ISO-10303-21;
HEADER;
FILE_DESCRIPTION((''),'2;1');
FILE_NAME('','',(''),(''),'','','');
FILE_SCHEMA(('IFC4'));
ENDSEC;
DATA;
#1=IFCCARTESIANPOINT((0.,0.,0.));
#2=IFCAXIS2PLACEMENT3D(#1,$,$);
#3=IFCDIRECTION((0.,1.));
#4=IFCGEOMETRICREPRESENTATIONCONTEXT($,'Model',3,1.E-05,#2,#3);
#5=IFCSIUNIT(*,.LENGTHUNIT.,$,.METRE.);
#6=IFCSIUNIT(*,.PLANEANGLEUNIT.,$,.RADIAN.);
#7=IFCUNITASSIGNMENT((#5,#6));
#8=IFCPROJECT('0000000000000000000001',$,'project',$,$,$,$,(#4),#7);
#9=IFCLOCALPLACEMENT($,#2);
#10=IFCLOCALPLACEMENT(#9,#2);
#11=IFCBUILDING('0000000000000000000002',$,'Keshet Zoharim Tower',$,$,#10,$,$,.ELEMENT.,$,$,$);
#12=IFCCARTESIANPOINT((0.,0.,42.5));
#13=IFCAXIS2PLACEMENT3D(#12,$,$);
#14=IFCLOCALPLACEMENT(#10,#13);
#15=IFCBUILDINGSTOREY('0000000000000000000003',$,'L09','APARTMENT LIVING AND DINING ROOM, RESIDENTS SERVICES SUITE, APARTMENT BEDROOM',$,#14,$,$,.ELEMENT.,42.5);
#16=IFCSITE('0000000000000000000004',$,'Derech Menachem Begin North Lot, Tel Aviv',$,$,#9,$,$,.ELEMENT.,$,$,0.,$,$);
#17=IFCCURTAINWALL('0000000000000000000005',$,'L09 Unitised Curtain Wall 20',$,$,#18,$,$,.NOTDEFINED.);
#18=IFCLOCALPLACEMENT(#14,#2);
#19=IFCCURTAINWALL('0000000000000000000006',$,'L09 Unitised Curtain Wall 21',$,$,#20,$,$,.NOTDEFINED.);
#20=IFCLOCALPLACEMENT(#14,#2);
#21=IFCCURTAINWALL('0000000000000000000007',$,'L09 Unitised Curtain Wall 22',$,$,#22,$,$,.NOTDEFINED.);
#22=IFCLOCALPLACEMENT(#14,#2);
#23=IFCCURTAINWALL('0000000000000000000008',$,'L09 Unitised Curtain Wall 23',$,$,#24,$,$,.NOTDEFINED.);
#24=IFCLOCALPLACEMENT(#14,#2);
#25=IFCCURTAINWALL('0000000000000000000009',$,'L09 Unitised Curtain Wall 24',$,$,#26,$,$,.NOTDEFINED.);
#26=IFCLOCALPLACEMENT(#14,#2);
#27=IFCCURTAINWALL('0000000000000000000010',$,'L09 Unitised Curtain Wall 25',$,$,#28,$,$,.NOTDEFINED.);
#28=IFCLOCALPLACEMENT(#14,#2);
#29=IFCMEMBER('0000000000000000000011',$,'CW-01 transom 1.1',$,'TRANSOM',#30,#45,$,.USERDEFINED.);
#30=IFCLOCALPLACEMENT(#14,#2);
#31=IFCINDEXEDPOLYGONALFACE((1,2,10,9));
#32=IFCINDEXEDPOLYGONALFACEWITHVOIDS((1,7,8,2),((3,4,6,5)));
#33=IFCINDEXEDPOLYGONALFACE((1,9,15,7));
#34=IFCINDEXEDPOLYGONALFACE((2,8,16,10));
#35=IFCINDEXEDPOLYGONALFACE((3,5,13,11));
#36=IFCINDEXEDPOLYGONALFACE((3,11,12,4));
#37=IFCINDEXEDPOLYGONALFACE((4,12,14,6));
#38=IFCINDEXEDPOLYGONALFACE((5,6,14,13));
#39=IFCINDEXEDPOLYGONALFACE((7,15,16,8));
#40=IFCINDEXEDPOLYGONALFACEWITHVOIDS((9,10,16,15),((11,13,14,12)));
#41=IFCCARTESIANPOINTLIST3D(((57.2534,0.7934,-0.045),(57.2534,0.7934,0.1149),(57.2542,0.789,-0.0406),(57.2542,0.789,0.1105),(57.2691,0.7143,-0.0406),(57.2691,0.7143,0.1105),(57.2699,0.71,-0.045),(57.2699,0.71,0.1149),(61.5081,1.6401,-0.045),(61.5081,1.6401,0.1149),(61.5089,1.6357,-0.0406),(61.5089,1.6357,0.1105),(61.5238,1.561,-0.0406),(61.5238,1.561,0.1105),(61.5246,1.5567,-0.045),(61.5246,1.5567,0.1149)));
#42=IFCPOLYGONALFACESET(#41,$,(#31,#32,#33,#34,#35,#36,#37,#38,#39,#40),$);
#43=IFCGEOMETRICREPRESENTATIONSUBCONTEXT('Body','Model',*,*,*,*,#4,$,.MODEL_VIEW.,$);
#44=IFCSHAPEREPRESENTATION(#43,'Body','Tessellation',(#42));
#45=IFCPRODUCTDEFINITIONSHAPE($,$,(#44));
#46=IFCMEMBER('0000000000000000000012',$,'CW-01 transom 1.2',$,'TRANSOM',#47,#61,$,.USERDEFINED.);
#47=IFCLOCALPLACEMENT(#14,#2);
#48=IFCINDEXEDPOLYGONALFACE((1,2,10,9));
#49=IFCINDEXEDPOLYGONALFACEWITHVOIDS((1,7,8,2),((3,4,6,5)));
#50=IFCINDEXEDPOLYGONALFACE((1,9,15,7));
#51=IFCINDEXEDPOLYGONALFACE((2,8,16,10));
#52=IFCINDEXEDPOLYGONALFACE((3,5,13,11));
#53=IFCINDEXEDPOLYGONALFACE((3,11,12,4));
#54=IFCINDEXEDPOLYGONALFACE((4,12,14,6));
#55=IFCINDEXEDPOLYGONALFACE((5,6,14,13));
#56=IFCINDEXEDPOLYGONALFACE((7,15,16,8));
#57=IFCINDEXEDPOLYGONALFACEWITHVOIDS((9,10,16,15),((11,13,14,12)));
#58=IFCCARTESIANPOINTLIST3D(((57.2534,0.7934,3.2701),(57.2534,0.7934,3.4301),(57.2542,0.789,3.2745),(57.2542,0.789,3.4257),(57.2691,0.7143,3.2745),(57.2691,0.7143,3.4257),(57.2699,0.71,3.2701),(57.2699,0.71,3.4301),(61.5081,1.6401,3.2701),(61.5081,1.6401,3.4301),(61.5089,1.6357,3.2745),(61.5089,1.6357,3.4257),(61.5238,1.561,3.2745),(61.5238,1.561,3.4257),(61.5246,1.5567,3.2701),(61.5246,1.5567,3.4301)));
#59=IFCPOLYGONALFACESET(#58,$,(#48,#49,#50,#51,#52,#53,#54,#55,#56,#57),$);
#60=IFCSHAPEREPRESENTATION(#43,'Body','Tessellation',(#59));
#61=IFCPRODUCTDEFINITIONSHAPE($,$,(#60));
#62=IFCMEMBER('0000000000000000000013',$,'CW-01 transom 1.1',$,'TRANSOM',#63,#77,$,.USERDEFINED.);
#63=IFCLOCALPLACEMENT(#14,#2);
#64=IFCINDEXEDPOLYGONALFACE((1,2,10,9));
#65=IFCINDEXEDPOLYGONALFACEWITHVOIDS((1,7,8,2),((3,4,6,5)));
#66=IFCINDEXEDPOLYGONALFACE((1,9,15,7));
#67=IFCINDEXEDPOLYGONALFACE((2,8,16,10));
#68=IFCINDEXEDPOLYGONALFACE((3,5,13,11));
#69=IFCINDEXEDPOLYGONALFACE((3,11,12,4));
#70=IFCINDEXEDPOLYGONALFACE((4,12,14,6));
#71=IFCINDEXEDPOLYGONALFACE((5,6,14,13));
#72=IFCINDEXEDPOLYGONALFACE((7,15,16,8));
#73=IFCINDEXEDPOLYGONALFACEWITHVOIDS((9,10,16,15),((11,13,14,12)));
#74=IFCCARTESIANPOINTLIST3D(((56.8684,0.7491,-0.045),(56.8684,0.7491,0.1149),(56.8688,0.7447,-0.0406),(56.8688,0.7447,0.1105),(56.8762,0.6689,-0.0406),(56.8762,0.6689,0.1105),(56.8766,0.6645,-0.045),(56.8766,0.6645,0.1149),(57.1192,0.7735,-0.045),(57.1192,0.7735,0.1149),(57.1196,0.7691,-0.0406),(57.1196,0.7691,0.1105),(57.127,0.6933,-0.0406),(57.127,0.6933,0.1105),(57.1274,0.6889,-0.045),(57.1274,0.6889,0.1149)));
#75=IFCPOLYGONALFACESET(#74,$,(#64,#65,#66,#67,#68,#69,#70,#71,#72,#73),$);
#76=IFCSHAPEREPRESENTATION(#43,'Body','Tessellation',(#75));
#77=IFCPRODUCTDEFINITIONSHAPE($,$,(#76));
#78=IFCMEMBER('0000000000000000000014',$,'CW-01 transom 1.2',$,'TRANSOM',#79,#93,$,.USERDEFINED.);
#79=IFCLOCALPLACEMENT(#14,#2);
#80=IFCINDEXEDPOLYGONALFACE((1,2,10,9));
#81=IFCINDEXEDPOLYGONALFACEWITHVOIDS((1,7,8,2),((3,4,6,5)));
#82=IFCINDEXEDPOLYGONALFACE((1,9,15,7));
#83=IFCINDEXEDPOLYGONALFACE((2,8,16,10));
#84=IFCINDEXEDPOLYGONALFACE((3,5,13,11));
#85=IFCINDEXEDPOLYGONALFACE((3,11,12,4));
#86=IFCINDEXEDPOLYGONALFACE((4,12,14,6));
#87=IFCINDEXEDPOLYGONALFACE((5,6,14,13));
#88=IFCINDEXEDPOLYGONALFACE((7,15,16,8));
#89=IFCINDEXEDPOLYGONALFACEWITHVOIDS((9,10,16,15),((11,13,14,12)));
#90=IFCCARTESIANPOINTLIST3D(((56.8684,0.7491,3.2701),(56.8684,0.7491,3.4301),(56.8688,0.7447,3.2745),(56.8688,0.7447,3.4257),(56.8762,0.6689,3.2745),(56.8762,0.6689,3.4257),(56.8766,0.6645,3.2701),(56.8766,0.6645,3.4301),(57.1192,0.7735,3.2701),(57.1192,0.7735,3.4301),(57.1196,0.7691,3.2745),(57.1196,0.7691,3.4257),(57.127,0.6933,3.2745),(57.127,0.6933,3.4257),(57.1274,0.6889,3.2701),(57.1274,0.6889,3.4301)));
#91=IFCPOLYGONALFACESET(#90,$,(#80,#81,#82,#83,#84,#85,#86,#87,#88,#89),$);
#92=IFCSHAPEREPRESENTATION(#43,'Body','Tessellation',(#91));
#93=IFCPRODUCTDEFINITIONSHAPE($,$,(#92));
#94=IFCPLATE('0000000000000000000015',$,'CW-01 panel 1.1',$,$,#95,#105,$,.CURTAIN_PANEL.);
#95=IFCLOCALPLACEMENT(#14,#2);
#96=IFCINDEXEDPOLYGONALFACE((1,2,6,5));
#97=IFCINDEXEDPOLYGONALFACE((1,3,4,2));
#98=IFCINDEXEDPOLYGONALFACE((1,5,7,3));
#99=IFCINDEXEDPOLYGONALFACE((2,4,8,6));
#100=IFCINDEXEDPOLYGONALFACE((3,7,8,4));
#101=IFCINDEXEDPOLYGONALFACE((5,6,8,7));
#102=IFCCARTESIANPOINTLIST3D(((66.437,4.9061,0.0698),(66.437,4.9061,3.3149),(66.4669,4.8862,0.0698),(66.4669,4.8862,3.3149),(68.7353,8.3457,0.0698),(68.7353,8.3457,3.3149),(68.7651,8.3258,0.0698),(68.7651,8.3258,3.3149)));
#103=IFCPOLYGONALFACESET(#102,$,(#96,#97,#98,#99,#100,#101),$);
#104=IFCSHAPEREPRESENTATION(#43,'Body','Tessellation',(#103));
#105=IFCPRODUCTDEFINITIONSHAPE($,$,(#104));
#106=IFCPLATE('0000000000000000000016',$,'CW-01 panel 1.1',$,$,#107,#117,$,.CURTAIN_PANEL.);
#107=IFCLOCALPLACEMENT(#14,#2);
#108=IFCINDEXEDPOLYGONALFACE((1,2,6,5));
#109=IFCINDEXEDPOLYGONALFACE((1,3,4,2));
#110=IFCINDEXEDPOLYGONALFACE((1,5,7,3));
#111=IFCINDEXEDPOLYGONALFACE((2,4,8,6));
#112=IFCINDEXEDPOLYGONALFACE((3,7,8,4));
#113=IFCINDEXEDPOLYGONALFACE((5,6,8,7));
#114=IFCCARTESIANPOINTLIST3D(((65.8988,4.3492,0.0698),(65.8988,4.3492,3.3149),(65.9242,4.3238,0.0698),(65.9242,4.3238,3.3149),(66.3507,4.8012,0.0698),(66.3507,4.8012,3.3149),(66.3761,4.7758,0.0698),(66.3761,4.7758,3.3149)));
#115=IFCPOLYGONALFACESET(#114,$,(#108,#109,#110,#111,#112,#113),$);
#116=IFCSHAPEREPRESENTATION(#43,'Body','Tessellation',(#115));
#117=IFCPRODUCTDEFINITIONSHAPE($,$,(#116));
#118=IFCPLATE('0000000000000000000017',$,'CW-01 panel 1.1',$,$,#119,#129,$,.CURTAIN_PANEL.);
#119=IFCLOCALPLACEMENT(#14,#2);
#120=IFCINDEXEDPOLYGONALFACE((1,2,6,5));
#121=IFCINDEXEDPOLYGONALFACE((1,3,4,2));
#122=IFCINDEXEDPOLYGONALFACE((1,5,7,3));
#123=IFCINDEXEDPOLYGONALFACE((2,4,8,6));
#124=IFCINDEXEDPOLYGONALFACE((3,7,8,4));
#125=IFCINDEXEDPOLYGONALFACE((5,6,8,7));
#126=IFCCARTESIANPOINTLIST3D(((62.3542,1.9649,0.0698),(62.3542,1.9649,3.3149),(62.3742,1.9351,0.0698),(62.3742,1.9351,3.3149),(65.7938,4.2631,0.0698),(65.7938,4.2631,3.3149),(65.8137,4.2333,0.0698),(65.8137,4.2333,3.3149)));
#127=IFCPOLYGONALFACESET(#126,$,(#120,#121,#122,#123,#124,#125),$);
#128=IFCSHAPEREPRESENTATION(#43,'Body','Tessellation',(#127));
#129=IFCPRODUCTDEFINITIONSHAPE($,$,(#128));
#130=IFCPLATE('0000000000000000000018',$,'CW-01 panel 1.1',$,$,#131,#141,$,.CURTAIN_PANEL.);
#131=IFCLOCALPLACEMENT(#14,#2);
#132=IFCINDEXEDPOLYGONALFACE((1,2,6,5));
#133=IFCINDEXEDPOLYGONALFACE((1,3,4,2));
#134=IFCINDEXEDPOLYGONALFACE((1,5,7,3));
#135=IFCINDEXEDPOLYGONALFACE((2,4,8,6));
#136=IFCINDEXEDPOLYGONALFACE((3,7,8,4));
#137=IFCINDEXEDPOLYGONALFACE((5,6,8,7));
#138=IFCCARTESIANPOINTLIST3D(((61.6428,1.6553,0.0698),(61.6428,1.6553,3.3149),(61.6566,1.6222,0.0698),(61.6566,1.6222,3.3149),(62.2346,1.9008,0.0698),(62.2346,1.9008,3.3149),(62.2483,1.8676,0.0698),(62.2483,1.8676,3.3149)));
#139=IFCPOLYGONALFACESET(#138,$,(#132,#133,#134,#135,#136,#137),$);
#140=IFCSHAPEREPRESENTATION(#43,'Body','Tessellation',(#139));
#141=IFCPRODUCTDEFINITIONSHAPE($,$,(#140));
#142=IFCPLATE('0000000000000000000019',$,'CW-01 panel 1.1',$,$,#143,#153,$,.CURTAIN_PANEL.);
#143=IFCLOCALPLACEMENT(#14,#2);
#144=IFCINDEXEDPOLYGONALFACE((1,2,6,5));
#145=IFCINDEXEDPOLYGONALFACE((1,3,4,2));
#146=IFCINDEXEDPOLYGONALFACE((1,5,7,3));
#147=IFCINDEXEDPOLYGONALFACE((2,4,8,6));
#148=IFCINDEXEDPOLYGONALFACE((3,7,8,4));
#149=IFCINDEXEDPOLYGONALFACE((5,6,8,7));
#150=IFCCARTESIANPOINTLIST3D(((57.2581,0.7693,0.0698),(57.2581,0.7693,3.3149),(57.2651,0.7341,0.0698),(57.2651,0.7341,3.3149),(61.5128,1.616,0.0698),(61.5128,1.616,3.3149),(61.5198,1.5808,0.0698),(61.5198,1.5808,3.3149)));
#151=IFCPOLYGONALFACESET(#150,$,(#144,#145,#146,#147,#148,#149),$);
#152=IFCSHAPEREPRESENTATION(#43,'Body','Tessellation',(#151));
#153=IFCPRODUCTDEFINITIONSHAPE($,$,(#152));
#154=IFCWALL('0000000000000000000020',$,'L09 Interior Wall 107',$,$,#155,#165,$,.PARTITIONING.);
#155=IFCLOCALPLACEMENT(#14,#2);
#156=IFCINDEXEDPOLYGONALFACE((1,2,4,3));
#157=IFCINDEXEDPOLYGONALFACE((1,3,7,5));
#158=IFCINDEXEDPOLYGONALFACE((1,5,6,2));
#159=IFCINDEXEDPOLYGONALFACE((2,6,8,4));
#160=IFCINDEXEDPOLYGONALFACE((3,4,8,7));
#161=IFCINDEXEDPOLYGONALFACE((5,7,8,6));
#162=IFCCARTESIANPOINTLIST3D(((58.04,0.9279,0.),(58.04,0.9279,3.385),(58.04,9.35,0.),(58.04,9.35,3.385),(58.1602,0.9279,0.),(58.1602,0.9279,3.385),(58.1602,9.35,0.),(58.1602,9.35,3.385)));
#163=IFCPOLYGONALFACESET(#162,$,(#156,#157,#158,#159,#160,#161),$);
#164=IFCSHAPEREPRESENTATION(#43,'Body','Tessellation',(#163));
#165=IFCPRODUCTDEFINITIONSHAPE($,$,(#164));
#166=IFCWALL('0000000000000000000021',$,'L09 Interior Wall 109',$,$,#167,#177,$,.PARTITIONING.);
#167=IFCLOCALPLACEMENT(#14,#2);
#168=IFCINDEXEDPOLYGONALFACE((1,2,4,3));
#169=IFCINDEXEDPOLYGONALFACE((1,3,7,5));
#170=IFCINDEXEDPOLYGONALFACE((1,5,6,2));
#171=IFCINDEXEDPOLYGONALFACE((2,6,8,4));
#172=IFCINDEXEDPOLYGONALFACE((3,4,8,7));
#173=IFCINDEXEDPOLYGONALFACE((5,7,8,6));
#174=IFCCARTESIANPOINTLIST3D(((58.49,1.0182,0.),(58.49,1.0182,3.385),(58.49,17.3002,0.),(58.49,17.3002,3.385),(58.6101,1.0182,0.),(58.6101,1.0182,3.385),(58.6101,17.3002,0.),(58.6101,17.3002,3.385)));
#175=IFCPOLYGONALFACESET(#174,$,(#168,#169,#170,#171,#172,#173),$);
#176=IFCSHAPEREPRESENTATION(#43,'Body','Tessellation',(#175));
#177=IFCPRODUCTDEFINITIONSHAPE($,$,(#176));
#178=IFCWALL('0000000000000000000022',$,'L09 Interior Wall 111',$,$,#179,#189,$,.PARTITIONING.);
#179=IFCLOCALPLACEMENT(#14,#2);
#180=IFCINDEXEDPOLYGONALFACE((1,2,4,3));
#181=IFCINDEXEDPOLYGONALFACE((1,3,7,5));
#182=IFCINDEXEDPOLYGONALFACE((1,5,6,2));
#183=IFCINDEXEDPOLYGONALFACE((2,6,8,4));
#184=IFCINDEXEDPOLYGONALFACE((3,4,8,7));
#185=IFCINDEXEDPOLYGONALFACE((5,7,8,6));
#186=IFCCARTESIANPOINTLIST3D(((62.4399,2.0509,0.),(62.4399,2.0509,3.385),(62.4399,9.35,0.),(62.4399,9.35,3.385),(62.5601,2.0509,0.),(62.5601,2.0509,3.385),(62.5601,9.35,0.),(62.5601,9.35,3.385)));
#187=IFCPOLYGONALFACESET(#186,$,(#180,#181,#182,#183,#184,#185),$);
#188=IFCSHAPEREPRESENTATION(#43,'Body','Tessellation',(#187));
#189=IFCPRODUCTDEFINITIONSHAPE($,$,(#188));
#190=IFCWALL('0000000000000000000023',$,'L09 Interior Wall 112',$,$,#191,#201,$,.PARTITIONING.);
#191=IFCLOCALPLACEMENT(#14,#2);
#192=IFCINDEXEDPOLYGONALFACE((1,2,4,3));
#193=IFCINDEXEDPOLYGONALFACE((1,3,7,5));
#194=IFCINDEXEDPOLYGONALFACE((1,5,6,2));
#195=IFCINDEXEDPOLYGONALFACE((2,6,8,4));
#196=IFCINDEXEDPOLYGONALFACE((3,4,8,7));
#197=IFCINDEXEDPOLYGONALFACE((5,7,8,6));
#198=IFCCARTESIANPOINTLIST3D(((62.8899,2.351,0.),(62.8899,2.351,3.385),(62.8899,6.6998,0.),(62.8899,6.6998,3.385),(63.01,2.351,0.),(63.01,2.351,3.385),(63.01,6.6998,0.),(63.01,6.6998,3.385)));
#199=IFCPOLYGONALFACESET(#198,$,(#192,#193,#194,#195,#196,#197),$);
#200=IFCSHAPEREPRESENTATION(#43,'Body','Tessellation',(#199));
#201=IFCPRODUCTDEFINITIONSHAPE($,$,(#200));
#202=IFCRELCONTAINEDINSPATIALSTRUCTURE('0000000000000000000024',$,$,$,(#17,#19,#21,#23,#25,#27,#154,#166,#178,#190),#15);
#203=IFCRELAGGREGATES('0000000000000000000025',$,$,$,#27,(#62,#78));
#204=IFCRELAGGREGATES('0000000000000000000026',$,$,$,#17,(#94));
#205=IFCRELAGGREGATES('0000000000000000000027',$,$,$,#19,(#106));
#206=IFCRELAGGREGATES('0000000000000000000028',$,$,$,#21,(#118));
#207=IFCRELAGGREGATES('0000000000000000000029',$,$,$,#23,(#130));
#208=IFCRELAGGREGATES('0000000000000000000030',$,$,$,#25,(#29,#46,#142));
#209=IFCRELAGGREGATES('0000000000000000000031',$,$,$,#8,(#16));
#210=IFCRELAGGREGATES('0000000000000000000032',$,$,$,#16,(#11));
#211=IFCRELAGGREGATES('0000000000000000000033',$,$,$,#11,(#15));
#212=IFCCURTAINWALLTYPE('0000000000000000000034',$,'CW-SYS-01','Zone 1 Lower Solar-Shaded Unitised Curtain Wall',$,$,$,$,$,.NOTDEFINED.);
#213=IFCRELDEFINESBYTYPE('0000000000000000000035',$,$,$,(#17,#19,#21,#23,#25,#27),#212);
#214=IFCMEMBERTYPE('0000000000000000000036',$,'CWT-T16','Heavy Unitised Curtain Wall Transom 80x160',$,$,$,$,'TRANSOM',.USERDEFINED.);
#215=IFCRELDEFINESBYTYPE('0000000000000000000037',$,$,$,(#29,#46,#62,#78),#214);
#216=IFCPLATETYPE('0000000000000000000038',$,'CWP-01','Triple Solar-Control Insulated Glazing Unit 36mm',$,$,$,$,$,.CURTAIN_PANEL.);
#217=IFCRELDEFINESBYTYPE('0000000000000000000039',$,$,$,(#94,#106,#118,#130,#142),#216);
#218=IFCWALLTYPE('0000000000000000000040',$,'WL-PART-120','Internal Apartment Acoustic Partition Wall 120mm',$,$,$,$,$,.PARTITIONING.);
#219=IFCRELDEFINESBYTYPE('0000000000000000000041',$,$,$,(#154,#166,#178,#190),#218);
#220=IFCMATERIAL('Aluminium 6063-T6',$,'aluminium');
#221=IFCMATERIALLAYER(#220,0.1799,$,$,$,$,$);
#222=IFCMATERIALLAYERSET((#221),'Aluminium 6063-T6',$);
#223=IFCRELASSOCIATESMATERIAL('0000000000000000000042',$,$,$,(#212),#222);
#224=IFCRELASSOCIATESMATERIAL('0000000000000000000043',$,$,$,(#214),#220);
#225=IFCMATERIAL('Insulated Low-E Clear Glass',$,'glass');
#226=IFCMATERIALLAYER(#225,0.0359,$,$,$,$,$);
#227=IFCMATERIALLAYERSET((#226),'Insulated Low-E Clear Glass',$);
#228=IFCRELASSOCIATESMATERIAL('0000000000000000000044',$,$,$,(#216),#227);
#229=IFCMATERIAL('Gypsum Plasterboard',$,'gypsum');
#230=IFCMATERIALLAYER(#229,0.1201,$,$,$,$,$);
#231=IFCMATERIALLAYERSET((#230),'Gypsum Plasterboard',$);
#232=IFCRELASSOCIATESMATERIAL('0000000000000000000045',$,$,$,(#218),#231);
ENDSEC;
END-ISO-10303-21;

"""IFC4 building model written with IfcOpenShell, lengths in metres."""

from ifc_helpers import new_model, si_unit, direction, frame, frame_2d, origin, origin_2d, place, context, subcontext, project, spatial, rectangle, hollow_rectangle, extrude, material, layer, layer_set, material_profile, profile_set, type_object, element, aggregate, save


model = new_model("IFC4")

# Units and contexts
model_context = context("Model", 3, precision=1e-05, world=origin(), true_north=direction((0.0, 1.0)))
body_context = subcontext(model_context, "Body", "Model", "MODEL_VIEW")
ifc_project = project(units=[si_unit("LENGTHUNIT", "METRE"), si_unit("PLANEANGLEUNIT", "RADIAN")], contexts=[model_context])

# Site, building, storey
site_placement = place(None, origin())
site = spatial("IfcSite", under=ifc_project, at=site_placement, Name="Derech Menachem Begin North Lot, Tel Aviv", CompositionType="ELEMENT", RefElevation=0.0)
building_placement = place(site_placement, origin())
building = spatial("IfcBuilding", under=site, at=building_placement, Name="Keshet Zoharim Tower", CompositionType="ELEMENT")
storey_placement = place(building_placement, frame((0.0, 0.0, 42.5)))
storey = spatial("IfcBuildingStorey", under=building, at=storey_placement, Name="L09", Description="APARTMENT LIVING AND DINING ROOM, RESIDENTS SERVICES SUITE, APARTMENT BEDROOM", CompositionType="ELEMENT", Elevation=42.5)

# Curtain wall
ifc_material_1 = material(Name="Aluminium 6063-T6", Category="aluminium")
ifc_layer_1 = layer(ifc_material_1, 0.1799)
ifc_layer_set_1 = layer_set([ifc_layer_1], Name="Aluminium 6063-T6")
curtain_wall_type = type_object("IfcCurtainWallType", Name="CW-SYS-01", Description="Zone 1 Lower Solar-Shaded Unitised Curtain Wall", PredefinedType="NOTDEFINED", material=ifc_layer_set_1)
curtain_wall_1_placement = place(storey_placement, origin())
curtain_wall_1 = element("IfcCurtainWall", 1, at=curtain_wall_1_placement, inside=storey, type_object=curtain_wall_type, Name="L09 Unitised Curtain Wall 20", PredefinedType="NOTDEFINED")

# Curtain walls
curtain_wall_2_placement = place(storey_placement, origin())
curtain_wall_2 = element("IfcCurtainWall", 2, at=curtain_wall_2_placement, inside=storey, type_object=curtain_wall_type, Name="L09 Unitised Curtain Wall 21", PredefinedType="NOTDEFINED")
curtain_wall_3_placement = place(storey_placement, origin())
curtain_wall_3 = element("IfcCurtainWall", 3, at=curtain_wall_3_placement, inside=storey, type_object=curtain_wall_type, Name="L09 Unitised Curtain Wall 22", PredefinedType="NOTDEFINED")
curtain_wall_4_placement = place(storey_placement, origin())
curtain_wall_4 = element("IfcCurtainWall", 4, at=curtain_wall_4_placement, inside=storey, type_object=curtain_wall_type, Name="L09 Unitised Curtain Wall 23", PredefinedType="NOTDEFINED")
curtain_wall_5_placement = place(storey_placement, origin())
curtain_wall_5 = element("IfcCurtainWall", 5, at=curtain_wall_5_placement, inside=storey, type_object=curtain_wall_type, Name="L09 Unitised Curtain Wall 24", PredefinedType="NOTDEFINED")

# Curtain wall
curtain_wall_6_placement = place(storey_placement, origin())
curtain_wall_6 = element("IfcCurtainWall", 6, at=curtain_wall_6_placement, inside=storey, type_object=curtain_wall_type, Name="L09 Unitised Curtain Wall 25", PredefinedType="NOTDEFINED")

# Members
ifc_material_profile_1 = material_profile(ifc_material_1, hollow_rectangle(XDim=0.085, YDim=0.1599, WallThickness=0.0044, at=origin_2d()), Name="TRN-85x160")
ifc_profile_set_1 = profile_set([ifc_material_profile_1], Name="Aluminium 6063-T6")
member_type_1 = type_object("IfcMemberType", Name="CWT-T16", Description="Heavy Unitised Curtain Wall Transom 80x160", ElementType="TRANSOM", PredefinedType="USERDEFINED", material=ifc_profile_set_1)
member_1_placement = place(storey_placement, frame((61.5164, 1.5984, 0.0349), z_axis=(-0.980769, -0.195174, 0.0), x_axis=(0.195174, -0.980769, 0.0)))
member_1 = element("IfcMember", 7, at=member_1_placement, type_object=member_type_1, Name="CW-01 transom 1.1", ObjectType="TRANSOM", PredefinedType="USERDEFINED", context=body_context, shape_type="SweptSolid", body=[
    extrude(hollow_rectangle(XDim=0.085, YDim=0.1599, WallThickness=0.0044, at=origin_2d()), origin(), (0.0, 0.0, 1.0), 4.3381),
])
member_2_placement = place(storey_placement, frame((61.5164, 1.5984, 3.3501), z_axis=(-0.980769, -0.195174, 0.0), x_axis=(0.195174, -0.980769, 0.0)))
member_2 = element("IfcMember", 8, at=member_2_placement, type_object=member_type_1, Name="CW-01 transom 1.2", ObjectType="TRANSOM", PredefinedType="USERDEFINED", context=body_context, shape_type="SweptSolid", body=[
    extrude(hollow_rectangle(XDim=0.085, YDim=0.1599, WallThickness=0.0044, at=origin_2d()), origin(), (0.0, 0.0, 1.0), 4.3381),
])
member_3_placement = place(storey_placement, frame((57.1233, 0.7312, 0.0349), z_axis=(-0.995293, -0.096913, 0.0), x_axis=(0.096913, -0.995293, 0.0)))
member_3 = element("IfcMember", 9, at=member_3_placement, type_object=member_type_1, Name="CW-01 transom 1.1", ObjectType="TRANSOM", PredefinedType="USERDEFINED", context=body_context, shape_type="SweptSolid", body=[
    extrude(hollow_rectangle(XDim=0.085, YDim=0.1599, WallThickness=0.0044, at=origin_2d()), origin(), (0.0, 0.0, 1.0), 0.252),
])
member_4_placement = place(storey_placement, frame((57.1233, 0.7312, 3.3501), z_axis=(-0.995293, -0.096913, 0.0), x_axis=(0.096913, -0.995293, 0.0)))
member_4 = element("IfcMember", 10, at=member_4_placement, type_object=member_type_1, Name="CW-01 transom 1.2", ObjectType="TRANSOM", PredefinedType="USERDEFINED", context=body_context, shape_type="SweptSolid", body=[
    extrude(hollow_rectangle(XDim=0.085, YDim=0.1599, WallThickness=0.0044, at=origin_2d()), origin(), (0.0, 0.0, 1.0), 0.252),
])
aggregate(curtain_wall_6, [member_3, member_4])

# Plates
ifc_material_2 = material(Name="Insulated Low-E Clear Glass", Category="glass")
ifc_layer_2 = layer(ifc_material_2, 0.0359)
ifc_layer_set_2 = layer_set([ifc_layer_2], Name="Insulated Low-E Clear Glass")
plate_type = type_object("IfcPlateType", Name="CWP-01", Description="Triple Solar-Control Insulated Glazing Unit 36mm", PredefinedType="CURTAIN_PANEL", material=ifc_layer_set_2)
plate_1_placement = place(storey_placement, frame((67.6011, 6.616, 0.0698), z_axis=(0.0, 0.0, 1.0), x_axis=(-0.555563, -0.831474, 0.0)))
plate_1 = element("IfcPlate", 11, at=plate_1_placement, type_object=plate_type, Name="CW-01 panel 1.1", PredefinedType="CURTAIN_PANEL", context=body_context, shape_type="SweptSolid", body=[
    extrude(rectangle(XDim=4.1367, YDim=0.0359, at=origin_2d()), origin(), (0.0, 0.0, 1.0), 3.2451),
])
aggregate(curtain_wall_1, [plate_1])
plate_2_placement = place(storey_placement, frame((66.1375, 4.5625, 0.0698), z_axis=(0.0, 0.0, 1.0), x_axis=(-0.707107, -0.707107, 0.0)))
plate_2 = element("IfcPlate", 12, at=plate_2_placement, type_object=plate_type, Name="CW-01 panel 1.1", PredefinedType="CURTAIN_PANEL", context=body_context, shape_type="SweptSolid", body=[
    extrude(rectangle(XDim=0.6392, YDim=0.0359, at=origin_2d()), origin(), (0.0, 0.0, 1.0), 3.2451),
])
aggregate(curtain_wall_2, [plate_2])
plate_3_placement = place(storey_placement, frame((64.084, 3.0991, 0.0698), z_axis=(0.0, 0.0, 1.0), x_axis=(-0.831474, -0.555563, 0.0)))
plate_3 = element("IfcPlate", 13, at=plate_3_placement, type_object=plate_type, Name="CW-01 panel 1.1", PredefinedType="CURTAIN_PANEL", context=body_context, shape_type="SweptSolid", body=[
    extrude(rectangle(XDim=4.1367, YDim=0.0359, at=origin_2d()), origin(), (0.0, 0.0, 1.0), 3.2451),
])
aggregate(curtain_wall_3, [plate_3])
plate_4_placement = place(storey_placement, frame((61.9456, 1.7615, 0.0698), z_axis=(0.0, 0.0, 1.0), x_axis=(-0.92372, -0.383068, 0.0)))
plate_4 = element("IfcPlate", 14, at=plate_4_placement, type_object=plate_type, Name="CW-01 panel 1.1", PredefinedType="CURTAIN_PANEL", context=body_context, shape_type="SweptSolid", body=[
    extrude(rectangle(XDim=0.6406, YDim=0.0359, at=origin_2d()), origin(), (0.0, 0.0, 1.0), 3.2451),
])
aggregate(curtain_wall_4, [plate_4])
plate_5_placement = place(storey_placement, frame((59.3889, 1.175, 0.0698), z_axis=(0.0, 0.0, 1.0), x_axis=(-0.980769, -0.195171, 0.0)))
plate_5 = element("IfcPlate", 15, at=plate_5_placement, type_object=plate_type, Name="CW-01 panel 1.1", PredefinedType="CURTAIN_PANEL", context=body_context, shape_type="SweptSolid", body=[
    extrude(rectangle(XDim=4.3381, YDim=0.0359, at=origin_2d()), origin(), (0.0, 0.0, 1.0), 3.2451),
])
aggregate(curtain_wall_5, [member_1, member_2, plate_5])

# Walls
ifc_material_3 = material(Name="Gypsum Plasterboard", Category="gypsum")
ifc_layer_3 = layer(ifc_material_3, 0.1201)
ifc_layer_set_3 = layer_set([ifc_layer_3], Name="Gypsum Plasterboard")
wall_type = type_object("IfcWallType", Name="WL-PART-120", Description="Internal Apartment Acoustic Partition Wall 120mm", PredefinedType="PARTITIONING", material=ifc_layer_set_3)
wall_1_placement = place(storey_placement, frame((58.1001, 0.928, 0.0), z_axis=(0.0, 0.0, 1.0), x_axis=(0.0, 1.0, 0.0)))
element("IfcWall", 16, at=wall_1_placement, inside=storey, type_object=wall_type, Name="L09 Interior Wall 107", PredefinedType="PARTITIONING", context=body_context, shape_type="SweptSolid", body=[
    extrude(rectangle(XDim=8.4221, YDim=0.1201, at=frame_2d((4.2109, 0.0))), origin(), (0.0, 0.0, 1.0), 3.385),
])
wall_2_placement = place(storey_placement, frame((58.55, 1.0181, 0.0), z_axis=(0.0, 0.0, 1.0), x_axis=(0.0, 1.0, 0.0)))
element("IfcWall", 17, at=wall_2_placement, inside=storey, type_object=wall_type, Name="L09 Interior Wall 109", PredefinedType="PARTITIONING", context=body_context, shape_type="SweptSolid", body=[
    extrude(rectangle(XDim=16.282, YDim=0.1201, at=frame_2d((8.1411, 0.0))), origin(), (0.0, 0.0, 1.0), 3.385),
])
wall_3_placement = place(storey_placement, frame((62.5, 2.051, 0.0), z_axis=(0.0, 0.0, 1.0), x_axis=(0.0, 1.0, 0.0)))
element("IfcWall", 18, at=wall_3_placement, inside=storey, type_object=wall_type, Name="L09 Interior Wall 111", PredefinedType="PARTITIONING", context=body_context, shape_type="SweptSolid", body=[
    extrude(rectangle(XDim=7.2991, YDim=0.1201, at=frame_2d((3.6494, 0.0))), origin(), (0.0, 0.0, 1.0), 3.385),
])
wall_4_placement = place(storey_placement, frame((62.95, 2.3511, 0.0), z_axis=(0.0, 0.0, 1.0), x_axis=(0.0, 1.0, 0.0)))
element("IfcWall", 19, at=wall_4_placement, inside=storey, type_object=wall_type, Name="L09 Interior Wall 112", PredefinedType="PARTITIONING", context=body_context, shape_type="SweptSolid", body=[
    extrude(rectangle(XDim=4.3489, YDim=0.1201, at=frame_2d((2.1743, 0.0))), origin(), (0.0, 0.0, 1.0), 3.385),
])

save(model, "model.ifc")
